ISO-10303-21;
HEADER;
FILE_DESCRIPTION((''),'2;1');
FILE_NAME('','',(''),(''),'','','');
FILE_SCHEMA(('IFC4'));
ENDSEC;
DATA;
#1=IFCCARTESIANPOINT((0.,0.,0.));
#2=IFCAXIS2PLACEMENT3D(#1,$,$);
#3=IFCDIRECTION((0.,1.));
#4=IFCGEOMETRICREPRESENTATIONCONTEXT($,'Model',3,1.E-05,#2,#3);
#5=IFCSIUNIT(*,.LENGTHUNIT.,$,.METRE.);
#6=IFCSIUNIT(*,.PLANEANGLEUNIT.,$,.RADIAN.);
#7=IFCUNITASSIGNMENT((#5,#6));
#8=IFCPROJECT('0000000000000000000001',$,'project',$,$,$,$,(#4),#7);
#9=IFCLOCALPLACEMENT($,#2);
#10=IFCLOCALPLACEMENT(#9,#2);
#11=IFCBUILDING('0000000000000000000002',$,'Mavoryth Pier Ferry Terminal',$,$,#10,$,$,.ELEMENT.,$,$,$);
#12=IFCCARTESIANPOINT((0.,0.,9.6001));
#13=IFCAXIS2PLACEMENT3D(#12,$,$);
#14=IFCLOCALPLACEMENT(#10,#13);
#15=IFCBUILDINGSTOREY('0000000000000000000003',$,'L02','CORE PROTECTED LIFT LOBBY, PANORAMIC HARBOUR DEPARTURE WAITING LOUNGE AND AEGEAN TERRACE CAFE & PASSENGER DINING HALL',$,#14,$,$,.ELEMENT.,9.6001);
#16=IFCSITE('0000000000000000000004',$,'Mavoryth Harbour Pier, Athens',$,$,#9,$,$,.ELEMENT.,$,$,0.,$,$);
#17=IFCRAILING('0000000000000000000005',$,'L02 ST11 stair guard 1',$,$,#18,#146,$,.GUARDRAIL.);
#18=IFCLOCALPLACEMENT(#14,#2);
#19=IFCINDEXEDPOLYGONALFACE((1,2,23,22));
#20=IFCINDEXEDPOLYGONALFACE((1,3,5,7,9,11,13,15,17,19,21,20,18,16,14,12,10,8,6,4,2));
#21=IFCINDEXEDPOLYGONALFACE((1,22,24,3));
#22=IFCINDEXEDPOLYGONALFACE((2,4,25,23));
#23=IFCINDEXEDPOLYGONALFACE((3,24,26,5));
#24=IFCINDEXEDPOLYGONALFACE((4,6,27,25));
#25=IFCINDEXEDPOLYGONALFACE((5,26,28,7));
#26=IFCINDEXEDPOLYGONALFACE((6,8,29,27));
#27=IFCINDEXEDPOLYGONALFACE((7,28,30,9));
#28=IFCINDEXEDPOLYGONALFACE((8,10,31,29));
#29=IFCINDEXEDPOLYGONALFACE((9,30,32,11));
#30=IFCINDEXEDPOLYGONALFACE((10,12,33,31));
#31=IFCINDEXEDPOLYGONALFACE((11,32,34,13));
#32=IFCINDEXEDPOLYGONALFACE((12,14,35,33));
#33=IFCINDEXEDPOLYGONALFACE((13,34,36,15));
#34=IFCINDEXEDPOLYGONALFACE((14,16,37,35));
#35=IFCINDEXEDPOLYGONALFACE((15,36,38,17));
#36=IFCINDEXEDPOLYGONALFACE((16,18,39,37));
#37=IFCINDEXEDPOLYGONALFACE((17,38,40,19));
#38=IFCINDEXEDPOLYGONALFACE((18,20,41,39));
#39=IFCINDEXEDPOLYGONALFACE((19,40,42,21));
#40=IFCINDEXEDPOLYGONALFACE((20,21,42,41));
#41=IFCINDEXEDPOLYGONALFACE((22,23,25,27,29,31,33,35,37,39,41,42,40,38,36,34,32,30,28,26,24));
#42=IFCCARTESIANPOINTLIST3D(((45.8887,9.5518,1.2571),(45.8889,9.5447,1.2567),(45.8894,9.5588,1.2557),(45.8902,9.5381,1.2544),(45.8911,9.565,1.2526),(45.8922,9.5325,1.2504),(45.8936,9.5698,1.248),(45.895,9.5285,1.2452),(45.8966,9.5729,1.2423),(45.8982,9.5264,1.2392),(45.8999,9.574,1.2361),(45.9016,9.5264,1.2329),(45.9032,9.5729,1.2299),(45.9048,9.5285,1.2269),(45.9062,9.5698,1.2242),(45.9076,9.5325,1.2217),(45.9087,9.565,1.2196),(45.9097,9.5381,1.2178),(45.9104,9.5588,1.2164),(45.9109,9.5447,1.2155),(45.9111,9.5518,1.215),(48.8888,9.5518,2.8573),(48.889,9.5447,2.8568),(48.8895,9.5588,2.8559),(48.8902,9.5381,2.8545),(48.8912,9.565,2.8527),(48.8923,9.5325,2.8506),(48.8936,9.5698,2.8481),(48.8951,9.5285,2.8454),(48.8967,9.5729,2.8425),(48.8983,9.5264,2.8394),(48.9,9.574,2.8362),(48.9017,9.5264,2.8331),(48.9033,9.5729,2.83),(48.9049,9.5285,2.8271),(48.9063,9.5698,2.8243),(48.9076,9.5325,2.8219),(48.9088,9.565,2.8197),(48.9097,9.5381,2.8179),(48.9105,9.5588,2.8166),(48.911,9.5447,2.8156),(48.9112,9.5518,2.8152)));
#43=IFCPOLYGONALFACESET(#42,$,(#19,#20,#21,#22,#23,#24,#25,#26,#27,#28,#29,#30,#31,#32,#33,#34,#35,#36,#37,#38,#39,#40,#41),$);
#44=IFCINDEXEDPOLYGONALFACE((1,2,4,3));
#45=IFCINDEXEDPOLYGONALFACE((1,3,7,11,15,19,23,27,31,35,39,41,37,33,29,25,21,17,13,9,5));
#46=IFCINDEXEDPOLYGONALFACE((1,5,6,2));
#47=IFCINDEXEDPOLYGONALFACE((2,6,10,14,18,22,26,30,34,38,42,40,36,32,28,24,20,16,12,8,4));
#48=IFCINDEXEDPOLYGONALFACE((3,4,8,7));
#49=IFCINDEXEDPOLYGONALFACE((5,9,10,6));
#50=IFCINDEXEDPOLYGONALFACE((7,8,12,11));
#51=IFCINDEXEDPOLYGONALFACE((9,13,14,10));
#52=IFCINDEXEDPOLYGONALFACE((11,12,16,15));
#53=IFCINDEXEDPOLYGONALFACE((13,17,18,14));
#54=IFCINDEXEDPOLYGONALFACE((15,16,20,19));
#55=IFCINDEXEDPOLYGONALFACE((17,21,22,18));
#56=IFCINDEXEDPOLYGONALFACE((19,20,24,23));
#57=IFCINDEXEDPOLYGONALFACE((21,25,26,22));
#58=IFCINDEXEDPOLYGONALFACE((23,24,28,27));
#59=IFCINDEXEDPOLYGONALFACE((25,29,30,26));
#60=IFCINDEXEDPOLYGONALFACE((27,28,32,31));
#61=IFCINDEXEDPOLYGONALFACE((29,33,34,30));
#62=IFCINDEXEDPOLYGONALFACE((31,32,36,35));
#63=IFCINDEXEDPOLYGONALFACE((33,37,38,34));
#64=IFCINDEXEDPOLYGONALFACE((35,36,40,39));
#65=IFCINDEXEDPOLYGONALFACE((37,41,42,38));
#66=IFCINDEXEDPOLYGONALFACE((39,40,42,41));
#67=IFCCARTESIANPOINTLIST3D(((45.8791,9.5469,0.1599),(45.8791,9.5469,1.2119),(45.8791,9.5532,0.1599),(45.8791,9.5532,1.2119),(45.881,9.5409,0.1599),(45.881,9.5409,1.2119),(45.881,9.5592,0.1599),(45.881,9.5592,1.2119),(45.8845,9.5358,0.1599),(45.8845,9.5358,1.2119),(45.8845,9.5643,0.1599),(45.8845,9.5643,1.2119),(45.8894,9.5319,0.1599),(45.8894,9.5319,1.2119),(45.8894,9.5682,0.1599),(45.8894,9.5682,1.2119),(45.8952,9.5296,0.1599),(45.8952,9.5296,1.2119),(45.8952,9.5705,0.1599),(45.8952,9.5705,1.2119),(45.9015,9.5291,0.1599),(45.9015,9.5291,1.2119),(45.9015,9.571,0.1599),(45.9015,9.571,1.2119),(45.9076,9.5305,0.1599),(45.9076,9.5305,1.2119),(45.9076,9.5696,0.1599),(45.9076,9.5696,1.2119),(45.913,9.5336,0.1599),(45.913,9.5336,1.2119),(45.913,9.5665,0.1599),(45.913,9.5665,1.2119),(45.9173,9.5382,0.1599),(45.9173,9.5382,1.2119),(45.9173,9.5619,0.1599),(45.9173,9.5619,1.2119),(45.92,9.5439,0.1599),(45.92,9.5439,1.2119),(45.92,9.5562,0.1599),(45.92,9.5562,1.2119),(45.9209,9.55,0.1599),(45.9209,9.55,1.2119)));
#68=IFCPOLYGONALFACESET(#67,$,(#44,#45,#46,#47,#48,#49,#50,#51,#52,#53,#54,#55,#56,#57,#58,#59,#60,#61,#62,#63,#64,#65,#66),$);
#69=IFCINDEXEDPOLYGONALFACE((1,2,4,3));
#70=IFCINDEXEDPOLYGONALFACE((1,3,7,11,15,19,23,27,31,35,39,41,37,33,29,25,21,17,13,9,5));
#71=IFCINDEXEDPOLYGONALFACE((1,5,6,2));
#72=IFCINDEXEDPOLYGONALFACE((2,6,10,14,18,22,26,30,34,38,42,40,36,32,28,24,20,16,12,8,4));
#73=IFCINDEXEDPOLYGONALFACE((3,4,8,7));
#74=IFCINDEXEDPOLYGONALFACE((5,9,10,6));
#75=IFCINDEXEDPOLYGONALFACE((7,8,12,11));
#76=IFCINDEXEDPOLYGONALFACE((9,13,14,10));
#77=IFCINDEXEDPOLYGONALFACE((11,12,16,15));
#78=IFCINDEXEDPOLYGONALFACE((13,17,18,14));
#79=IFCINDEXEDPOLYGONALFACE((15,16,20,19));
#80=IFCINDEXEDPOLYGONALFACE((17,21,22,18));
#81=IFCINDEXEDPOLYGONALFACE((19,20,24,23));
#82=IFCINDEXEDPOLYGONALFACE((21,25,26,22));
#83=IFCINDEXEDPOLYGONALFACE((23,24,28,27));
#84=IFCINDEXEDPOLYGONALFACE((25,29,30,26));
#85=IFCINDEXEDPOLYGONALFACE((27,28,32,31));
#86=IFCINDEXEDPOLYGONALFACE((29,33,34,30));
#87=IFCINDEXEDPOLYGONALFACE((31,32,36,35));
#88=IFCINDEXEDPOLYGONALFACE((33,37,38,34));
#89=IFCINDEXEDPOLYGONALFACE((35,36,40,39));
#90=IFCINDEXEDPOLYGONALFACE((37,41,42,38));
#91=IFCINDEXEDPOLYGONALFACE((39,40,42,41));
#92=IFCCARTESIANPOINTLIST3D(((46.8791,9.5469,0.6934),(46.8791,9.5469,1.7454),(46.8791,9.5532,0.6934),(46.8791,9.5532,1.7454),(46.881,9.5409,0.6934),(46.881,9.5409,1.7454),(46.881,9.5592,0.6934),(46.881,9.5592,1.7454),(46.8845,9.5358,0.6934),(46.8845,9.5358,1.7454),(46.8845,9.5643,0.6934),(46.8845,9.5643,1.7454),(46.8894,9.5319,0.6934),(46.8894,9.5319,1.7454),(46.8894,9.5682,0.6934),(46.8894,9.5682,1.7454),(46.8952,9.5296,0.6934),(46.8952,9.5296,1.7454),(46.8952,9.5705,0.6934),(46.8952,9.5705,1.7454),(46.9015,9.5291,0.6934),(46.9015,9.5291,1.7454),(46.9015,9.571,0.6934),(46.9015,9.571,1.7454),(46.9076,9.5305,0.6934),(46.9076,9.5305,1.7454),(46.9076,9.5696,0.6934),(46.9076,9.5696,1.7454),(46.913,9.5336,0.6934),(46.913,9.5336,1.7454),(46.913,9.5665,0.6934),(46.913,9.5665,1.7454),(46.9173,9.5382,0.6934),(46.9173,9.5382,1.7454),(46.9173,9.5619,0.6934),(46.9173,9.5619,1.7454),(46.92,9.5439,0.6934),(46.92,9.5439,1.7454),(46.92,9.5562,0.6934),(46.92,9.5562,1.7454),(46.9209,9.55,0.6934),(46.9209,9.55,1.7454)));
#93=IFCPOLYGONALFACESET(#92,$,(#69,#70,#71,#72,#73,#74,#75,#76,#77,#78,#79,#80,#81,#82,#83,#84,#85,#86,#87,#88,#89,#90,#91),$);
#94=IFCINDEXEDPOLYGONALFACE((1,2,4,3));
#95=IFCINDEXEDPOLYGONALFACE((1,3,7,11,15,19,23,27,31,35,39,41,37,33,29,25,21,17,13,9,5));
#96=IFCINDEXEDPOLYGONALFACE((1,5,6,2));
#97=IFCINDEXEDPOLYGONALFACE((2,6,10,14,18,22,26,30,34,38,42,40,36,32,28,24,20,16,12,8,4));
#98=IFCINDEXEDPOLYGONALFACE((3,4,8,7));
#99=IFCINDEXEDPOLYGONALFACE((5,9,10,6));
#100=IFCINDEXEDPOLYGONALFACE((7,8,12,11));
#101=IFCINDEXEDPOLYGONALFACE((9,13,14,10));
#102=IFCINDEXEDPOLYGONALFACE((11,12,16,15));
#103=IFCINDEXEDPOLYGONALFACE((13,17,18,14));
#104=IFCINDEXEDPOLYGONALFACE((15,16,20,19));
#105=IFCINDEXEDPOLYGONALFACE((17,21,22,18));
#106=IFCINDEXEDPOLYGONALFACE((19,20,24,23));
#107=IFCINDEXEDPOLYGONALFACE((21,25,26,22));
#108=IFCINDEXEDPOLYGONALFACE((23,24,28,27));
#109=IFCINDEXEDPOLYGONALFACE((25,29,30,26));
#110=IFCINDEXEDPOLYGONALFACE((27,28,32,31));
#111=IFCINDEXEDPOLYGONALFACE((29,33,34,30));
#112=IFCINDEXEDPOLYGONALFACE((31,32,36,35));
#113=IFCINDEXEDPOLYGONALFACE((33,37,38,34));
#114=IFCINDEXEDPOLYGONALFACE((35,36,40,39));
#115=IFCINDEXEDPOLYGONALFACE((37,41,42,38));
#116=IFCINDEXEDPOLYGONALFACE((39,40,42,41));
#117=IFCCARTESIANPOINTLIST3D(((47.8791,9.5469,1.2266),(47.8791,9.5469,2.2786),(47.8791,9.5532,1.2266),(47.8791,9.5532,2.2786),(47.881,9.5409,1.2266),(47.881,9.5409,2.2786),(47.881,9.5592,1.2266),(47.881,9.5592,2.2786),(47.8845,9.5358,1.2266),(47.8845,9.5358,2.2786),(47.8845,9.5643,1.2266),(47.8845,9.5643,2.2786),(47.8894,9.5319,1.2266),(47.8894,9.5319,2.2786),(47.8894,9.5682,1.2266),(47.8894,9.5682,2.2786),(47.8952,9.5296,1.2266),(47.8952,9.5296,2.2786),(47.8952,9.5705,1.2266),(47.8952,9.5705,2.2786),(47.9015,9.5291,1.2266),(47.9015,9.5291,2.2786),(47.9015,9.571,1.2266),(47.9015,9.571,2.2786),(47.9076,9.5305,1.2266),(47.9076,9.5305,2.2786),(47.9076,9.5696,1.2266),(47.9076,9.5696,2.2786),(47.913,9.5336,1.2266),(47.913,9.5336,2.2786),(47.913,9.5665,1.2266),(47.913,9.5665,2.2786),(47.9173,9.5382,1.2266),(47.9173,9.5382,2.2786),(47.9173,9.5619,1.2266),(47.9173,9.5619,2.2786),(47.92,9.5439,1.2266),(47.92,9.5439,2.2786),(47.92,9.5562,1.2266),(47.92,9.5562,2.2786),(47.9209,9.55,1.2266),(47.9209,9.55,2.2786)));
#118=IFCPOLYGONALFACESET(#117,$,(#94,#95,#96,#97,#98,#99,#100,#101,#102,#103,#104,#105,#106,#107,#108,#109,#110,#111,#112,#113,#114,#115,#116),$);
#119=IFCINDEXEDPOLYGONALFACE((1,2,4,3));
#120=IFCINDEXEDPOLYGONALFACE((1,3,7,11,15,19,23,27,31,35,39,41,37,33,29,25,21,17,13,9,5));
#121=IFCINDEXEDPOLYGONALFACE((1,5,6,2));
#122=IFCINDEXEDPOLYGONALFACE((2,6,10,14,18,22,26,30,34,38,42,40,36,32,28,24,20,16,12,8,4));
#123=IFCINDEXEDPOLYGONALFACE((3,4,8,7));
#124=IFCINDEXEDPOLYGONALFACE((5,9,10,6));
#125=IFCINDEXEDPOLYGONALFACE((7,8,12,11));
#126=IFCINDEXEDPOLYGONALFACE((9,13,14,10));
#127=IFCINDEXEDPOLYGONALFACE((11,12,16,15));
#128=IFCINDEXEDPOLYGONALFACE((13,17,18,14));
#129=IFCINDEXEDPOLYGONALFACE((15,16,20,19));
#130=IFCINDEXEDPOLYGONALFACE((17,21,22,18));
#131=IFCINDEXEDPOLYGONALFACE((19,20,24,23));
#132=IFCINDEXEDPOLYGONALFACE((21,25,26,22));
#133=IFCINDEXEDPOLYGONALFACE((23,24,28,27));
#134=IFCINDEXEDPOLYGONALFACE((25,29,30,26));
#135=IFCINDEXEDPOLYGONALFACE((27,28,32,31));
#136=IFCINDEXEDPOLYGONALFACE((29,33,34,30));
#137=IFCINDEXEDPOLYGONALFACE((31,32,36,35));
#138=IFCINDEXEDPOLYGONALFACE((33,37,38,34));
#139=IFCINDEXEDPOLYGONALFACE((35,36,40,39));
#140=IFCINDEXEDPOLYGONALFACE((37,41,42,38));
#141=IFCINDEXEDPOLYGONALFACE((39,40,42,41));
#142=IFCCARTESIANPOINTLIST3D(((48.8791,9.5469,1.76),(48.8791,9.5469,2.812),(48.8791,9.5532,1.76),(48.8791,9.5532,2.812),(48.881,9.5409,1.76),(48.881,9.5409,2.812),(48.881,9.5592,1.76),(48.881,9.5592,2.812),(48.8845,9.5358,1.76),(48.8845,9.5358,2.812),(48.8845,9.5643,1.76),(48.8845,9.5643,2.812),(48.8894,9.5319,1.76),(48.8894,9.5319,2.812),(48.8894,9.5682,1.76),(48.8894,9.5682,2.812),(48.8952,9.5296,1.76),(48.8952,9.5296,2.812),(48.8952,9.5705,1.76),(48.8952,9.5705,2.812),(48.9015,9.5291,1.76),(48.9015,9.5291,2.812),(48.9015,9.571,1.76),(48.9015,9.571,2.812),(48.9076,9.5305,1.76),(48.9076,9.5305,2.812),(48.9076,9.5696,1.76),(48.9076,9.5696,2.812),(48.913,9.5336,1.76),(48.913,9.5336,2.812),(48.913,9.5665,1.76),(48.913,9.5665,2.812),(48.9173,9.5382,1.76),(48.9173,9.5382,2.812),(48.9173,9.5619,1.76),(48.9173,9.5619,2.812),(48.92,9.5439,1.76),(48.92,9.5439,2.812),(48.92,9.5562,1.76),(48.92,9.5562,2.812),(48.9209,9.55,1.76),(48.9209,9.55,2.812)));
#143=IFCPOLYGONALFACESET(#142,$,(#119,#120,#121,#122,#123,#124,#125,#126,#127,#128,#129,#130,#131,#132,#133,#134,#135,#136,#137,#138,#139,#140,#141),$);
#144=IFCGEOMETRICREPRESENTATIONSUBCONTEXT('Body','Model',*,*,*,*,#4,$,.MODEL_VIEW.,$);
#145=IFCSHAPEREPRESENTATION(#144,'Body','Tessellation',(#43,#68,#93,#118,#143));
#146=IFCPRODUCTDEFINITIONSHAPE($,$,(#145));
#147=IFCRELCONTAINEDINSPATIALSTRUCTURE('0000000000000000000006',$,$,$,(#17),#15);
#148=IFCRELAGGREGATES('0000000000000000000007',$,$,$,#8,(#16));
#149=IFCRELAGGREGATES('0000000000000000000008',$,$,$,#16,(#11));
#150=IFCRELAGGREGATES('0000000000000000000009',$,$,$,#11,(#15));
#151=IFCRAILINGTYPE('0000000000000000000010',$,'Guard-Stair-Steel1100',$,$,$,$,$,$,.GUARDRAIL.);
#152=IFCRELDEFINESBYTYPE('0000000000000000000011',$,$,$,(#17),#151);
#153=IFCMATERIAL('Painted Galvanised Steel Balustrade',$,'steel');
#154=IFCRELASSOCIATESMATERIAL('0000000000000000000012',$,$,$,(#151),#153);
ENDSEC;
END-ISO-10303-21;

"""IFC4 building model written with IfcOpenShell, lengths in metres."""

from ifc_helpers import new_model, si_unit, direction, frame, origin, origin_2d, place, context, subcontext, project, spatial, circle, extrude, material, type_object, element, save


model = new_model("IFC4")

# Units and contexts
model_context = context("Model", 3, precision=1e-05, world=origin(), true_north=direction((0.0, 1.0)))
body_context = subcontext(model_context, "Body", "Model", "MODEL_VIEW")
ifc_project = project(units=[si_unit("LENGTHUNIT", "METRE"), si_unit("PLANEANGLEUNIT", "RADIAN")], contexts=[model_context])

# Site, building, storey
site_placement = place(None, origin())
site = spatial("IfcSite", under=ifc_project, at=site_placement, Name="Mavoryth Harbour Pier, Athens", CompositionType="ELEMENT", RefElevation=0.0)
building_placement = place(site_placement, origin())
building = spatial("IfcBuilding", under=site, at=building_placement, Name="Mavoryth Pier Ferry Terminal", CompositionType="ELEMENT")
storey_placement = place(building_placement, frame((0.0, 0.0, 9.6001)))
storey = spatial("IfcBuildingStorey", under=building, at=storey_placement, Name="L02", Description="CORE PROTECTED LIFT LOBBY, PANORAMIC HARBOUR DEPARTURE WAITING LOUNGE AND AEGEAN TERRACE CAFE & PASSENGER DINING HALL", CompositionType="ELEMENT", Elevation=9.6001)

# Railing
ifc_material_1 = material(Name="Painted Galvanised Steel Balustrade", Category="steel")
railing_type_1 = type_object("IfcRailingType", Name="Guard-Stair-Steel1100", PredefinedType="GUARDRAIL", material=ifc_material_1)
railing_1_placement = place(storey_placement, frame((45.8999, 9.55, 0.1599)))
element("IfcRailing", 1, at=railing_1_placement, inside=storey, type_object=railing_type_1, Name="L02 ST11 stair guard 1", PredefinedType="GUARDRAIL", context=body_context, shape_type="SweptSolid", body=[
    extrude(circle(Radius=0.0239, at=origin_2d()), frame((0.0, 0.0, 1.0762), z_axis=(0.882341, 0.0, 0.470611), x_axis=(0.0, 1.0, 0.0)), (0.0, 0.0, 1.0), 3.4001),
    extrude(circle(Radius=0.021, at=origin_2d()), origin(), (0.0, 0.0, 1.0), 1.052),
    extrude(circle(Radius=0.021, at=origin_2d()), frame((1.0, 0.0, 0.5334)), (0.0, 0.0, 1.0), 1.052),
    extrude(circle(Radius=0.021, at=origin_2d()), frame((2.0, 0.0, 1.0667)), (0.0, 0.0, 1.0), 1.052),
    extrude(circle(Radius=0.021, at=origin_2d()), frame((3.0, 0.0, 1.6001)), (0.0, 0.0, 1.0), 1.052),
])

save(model, "model.ifc")
